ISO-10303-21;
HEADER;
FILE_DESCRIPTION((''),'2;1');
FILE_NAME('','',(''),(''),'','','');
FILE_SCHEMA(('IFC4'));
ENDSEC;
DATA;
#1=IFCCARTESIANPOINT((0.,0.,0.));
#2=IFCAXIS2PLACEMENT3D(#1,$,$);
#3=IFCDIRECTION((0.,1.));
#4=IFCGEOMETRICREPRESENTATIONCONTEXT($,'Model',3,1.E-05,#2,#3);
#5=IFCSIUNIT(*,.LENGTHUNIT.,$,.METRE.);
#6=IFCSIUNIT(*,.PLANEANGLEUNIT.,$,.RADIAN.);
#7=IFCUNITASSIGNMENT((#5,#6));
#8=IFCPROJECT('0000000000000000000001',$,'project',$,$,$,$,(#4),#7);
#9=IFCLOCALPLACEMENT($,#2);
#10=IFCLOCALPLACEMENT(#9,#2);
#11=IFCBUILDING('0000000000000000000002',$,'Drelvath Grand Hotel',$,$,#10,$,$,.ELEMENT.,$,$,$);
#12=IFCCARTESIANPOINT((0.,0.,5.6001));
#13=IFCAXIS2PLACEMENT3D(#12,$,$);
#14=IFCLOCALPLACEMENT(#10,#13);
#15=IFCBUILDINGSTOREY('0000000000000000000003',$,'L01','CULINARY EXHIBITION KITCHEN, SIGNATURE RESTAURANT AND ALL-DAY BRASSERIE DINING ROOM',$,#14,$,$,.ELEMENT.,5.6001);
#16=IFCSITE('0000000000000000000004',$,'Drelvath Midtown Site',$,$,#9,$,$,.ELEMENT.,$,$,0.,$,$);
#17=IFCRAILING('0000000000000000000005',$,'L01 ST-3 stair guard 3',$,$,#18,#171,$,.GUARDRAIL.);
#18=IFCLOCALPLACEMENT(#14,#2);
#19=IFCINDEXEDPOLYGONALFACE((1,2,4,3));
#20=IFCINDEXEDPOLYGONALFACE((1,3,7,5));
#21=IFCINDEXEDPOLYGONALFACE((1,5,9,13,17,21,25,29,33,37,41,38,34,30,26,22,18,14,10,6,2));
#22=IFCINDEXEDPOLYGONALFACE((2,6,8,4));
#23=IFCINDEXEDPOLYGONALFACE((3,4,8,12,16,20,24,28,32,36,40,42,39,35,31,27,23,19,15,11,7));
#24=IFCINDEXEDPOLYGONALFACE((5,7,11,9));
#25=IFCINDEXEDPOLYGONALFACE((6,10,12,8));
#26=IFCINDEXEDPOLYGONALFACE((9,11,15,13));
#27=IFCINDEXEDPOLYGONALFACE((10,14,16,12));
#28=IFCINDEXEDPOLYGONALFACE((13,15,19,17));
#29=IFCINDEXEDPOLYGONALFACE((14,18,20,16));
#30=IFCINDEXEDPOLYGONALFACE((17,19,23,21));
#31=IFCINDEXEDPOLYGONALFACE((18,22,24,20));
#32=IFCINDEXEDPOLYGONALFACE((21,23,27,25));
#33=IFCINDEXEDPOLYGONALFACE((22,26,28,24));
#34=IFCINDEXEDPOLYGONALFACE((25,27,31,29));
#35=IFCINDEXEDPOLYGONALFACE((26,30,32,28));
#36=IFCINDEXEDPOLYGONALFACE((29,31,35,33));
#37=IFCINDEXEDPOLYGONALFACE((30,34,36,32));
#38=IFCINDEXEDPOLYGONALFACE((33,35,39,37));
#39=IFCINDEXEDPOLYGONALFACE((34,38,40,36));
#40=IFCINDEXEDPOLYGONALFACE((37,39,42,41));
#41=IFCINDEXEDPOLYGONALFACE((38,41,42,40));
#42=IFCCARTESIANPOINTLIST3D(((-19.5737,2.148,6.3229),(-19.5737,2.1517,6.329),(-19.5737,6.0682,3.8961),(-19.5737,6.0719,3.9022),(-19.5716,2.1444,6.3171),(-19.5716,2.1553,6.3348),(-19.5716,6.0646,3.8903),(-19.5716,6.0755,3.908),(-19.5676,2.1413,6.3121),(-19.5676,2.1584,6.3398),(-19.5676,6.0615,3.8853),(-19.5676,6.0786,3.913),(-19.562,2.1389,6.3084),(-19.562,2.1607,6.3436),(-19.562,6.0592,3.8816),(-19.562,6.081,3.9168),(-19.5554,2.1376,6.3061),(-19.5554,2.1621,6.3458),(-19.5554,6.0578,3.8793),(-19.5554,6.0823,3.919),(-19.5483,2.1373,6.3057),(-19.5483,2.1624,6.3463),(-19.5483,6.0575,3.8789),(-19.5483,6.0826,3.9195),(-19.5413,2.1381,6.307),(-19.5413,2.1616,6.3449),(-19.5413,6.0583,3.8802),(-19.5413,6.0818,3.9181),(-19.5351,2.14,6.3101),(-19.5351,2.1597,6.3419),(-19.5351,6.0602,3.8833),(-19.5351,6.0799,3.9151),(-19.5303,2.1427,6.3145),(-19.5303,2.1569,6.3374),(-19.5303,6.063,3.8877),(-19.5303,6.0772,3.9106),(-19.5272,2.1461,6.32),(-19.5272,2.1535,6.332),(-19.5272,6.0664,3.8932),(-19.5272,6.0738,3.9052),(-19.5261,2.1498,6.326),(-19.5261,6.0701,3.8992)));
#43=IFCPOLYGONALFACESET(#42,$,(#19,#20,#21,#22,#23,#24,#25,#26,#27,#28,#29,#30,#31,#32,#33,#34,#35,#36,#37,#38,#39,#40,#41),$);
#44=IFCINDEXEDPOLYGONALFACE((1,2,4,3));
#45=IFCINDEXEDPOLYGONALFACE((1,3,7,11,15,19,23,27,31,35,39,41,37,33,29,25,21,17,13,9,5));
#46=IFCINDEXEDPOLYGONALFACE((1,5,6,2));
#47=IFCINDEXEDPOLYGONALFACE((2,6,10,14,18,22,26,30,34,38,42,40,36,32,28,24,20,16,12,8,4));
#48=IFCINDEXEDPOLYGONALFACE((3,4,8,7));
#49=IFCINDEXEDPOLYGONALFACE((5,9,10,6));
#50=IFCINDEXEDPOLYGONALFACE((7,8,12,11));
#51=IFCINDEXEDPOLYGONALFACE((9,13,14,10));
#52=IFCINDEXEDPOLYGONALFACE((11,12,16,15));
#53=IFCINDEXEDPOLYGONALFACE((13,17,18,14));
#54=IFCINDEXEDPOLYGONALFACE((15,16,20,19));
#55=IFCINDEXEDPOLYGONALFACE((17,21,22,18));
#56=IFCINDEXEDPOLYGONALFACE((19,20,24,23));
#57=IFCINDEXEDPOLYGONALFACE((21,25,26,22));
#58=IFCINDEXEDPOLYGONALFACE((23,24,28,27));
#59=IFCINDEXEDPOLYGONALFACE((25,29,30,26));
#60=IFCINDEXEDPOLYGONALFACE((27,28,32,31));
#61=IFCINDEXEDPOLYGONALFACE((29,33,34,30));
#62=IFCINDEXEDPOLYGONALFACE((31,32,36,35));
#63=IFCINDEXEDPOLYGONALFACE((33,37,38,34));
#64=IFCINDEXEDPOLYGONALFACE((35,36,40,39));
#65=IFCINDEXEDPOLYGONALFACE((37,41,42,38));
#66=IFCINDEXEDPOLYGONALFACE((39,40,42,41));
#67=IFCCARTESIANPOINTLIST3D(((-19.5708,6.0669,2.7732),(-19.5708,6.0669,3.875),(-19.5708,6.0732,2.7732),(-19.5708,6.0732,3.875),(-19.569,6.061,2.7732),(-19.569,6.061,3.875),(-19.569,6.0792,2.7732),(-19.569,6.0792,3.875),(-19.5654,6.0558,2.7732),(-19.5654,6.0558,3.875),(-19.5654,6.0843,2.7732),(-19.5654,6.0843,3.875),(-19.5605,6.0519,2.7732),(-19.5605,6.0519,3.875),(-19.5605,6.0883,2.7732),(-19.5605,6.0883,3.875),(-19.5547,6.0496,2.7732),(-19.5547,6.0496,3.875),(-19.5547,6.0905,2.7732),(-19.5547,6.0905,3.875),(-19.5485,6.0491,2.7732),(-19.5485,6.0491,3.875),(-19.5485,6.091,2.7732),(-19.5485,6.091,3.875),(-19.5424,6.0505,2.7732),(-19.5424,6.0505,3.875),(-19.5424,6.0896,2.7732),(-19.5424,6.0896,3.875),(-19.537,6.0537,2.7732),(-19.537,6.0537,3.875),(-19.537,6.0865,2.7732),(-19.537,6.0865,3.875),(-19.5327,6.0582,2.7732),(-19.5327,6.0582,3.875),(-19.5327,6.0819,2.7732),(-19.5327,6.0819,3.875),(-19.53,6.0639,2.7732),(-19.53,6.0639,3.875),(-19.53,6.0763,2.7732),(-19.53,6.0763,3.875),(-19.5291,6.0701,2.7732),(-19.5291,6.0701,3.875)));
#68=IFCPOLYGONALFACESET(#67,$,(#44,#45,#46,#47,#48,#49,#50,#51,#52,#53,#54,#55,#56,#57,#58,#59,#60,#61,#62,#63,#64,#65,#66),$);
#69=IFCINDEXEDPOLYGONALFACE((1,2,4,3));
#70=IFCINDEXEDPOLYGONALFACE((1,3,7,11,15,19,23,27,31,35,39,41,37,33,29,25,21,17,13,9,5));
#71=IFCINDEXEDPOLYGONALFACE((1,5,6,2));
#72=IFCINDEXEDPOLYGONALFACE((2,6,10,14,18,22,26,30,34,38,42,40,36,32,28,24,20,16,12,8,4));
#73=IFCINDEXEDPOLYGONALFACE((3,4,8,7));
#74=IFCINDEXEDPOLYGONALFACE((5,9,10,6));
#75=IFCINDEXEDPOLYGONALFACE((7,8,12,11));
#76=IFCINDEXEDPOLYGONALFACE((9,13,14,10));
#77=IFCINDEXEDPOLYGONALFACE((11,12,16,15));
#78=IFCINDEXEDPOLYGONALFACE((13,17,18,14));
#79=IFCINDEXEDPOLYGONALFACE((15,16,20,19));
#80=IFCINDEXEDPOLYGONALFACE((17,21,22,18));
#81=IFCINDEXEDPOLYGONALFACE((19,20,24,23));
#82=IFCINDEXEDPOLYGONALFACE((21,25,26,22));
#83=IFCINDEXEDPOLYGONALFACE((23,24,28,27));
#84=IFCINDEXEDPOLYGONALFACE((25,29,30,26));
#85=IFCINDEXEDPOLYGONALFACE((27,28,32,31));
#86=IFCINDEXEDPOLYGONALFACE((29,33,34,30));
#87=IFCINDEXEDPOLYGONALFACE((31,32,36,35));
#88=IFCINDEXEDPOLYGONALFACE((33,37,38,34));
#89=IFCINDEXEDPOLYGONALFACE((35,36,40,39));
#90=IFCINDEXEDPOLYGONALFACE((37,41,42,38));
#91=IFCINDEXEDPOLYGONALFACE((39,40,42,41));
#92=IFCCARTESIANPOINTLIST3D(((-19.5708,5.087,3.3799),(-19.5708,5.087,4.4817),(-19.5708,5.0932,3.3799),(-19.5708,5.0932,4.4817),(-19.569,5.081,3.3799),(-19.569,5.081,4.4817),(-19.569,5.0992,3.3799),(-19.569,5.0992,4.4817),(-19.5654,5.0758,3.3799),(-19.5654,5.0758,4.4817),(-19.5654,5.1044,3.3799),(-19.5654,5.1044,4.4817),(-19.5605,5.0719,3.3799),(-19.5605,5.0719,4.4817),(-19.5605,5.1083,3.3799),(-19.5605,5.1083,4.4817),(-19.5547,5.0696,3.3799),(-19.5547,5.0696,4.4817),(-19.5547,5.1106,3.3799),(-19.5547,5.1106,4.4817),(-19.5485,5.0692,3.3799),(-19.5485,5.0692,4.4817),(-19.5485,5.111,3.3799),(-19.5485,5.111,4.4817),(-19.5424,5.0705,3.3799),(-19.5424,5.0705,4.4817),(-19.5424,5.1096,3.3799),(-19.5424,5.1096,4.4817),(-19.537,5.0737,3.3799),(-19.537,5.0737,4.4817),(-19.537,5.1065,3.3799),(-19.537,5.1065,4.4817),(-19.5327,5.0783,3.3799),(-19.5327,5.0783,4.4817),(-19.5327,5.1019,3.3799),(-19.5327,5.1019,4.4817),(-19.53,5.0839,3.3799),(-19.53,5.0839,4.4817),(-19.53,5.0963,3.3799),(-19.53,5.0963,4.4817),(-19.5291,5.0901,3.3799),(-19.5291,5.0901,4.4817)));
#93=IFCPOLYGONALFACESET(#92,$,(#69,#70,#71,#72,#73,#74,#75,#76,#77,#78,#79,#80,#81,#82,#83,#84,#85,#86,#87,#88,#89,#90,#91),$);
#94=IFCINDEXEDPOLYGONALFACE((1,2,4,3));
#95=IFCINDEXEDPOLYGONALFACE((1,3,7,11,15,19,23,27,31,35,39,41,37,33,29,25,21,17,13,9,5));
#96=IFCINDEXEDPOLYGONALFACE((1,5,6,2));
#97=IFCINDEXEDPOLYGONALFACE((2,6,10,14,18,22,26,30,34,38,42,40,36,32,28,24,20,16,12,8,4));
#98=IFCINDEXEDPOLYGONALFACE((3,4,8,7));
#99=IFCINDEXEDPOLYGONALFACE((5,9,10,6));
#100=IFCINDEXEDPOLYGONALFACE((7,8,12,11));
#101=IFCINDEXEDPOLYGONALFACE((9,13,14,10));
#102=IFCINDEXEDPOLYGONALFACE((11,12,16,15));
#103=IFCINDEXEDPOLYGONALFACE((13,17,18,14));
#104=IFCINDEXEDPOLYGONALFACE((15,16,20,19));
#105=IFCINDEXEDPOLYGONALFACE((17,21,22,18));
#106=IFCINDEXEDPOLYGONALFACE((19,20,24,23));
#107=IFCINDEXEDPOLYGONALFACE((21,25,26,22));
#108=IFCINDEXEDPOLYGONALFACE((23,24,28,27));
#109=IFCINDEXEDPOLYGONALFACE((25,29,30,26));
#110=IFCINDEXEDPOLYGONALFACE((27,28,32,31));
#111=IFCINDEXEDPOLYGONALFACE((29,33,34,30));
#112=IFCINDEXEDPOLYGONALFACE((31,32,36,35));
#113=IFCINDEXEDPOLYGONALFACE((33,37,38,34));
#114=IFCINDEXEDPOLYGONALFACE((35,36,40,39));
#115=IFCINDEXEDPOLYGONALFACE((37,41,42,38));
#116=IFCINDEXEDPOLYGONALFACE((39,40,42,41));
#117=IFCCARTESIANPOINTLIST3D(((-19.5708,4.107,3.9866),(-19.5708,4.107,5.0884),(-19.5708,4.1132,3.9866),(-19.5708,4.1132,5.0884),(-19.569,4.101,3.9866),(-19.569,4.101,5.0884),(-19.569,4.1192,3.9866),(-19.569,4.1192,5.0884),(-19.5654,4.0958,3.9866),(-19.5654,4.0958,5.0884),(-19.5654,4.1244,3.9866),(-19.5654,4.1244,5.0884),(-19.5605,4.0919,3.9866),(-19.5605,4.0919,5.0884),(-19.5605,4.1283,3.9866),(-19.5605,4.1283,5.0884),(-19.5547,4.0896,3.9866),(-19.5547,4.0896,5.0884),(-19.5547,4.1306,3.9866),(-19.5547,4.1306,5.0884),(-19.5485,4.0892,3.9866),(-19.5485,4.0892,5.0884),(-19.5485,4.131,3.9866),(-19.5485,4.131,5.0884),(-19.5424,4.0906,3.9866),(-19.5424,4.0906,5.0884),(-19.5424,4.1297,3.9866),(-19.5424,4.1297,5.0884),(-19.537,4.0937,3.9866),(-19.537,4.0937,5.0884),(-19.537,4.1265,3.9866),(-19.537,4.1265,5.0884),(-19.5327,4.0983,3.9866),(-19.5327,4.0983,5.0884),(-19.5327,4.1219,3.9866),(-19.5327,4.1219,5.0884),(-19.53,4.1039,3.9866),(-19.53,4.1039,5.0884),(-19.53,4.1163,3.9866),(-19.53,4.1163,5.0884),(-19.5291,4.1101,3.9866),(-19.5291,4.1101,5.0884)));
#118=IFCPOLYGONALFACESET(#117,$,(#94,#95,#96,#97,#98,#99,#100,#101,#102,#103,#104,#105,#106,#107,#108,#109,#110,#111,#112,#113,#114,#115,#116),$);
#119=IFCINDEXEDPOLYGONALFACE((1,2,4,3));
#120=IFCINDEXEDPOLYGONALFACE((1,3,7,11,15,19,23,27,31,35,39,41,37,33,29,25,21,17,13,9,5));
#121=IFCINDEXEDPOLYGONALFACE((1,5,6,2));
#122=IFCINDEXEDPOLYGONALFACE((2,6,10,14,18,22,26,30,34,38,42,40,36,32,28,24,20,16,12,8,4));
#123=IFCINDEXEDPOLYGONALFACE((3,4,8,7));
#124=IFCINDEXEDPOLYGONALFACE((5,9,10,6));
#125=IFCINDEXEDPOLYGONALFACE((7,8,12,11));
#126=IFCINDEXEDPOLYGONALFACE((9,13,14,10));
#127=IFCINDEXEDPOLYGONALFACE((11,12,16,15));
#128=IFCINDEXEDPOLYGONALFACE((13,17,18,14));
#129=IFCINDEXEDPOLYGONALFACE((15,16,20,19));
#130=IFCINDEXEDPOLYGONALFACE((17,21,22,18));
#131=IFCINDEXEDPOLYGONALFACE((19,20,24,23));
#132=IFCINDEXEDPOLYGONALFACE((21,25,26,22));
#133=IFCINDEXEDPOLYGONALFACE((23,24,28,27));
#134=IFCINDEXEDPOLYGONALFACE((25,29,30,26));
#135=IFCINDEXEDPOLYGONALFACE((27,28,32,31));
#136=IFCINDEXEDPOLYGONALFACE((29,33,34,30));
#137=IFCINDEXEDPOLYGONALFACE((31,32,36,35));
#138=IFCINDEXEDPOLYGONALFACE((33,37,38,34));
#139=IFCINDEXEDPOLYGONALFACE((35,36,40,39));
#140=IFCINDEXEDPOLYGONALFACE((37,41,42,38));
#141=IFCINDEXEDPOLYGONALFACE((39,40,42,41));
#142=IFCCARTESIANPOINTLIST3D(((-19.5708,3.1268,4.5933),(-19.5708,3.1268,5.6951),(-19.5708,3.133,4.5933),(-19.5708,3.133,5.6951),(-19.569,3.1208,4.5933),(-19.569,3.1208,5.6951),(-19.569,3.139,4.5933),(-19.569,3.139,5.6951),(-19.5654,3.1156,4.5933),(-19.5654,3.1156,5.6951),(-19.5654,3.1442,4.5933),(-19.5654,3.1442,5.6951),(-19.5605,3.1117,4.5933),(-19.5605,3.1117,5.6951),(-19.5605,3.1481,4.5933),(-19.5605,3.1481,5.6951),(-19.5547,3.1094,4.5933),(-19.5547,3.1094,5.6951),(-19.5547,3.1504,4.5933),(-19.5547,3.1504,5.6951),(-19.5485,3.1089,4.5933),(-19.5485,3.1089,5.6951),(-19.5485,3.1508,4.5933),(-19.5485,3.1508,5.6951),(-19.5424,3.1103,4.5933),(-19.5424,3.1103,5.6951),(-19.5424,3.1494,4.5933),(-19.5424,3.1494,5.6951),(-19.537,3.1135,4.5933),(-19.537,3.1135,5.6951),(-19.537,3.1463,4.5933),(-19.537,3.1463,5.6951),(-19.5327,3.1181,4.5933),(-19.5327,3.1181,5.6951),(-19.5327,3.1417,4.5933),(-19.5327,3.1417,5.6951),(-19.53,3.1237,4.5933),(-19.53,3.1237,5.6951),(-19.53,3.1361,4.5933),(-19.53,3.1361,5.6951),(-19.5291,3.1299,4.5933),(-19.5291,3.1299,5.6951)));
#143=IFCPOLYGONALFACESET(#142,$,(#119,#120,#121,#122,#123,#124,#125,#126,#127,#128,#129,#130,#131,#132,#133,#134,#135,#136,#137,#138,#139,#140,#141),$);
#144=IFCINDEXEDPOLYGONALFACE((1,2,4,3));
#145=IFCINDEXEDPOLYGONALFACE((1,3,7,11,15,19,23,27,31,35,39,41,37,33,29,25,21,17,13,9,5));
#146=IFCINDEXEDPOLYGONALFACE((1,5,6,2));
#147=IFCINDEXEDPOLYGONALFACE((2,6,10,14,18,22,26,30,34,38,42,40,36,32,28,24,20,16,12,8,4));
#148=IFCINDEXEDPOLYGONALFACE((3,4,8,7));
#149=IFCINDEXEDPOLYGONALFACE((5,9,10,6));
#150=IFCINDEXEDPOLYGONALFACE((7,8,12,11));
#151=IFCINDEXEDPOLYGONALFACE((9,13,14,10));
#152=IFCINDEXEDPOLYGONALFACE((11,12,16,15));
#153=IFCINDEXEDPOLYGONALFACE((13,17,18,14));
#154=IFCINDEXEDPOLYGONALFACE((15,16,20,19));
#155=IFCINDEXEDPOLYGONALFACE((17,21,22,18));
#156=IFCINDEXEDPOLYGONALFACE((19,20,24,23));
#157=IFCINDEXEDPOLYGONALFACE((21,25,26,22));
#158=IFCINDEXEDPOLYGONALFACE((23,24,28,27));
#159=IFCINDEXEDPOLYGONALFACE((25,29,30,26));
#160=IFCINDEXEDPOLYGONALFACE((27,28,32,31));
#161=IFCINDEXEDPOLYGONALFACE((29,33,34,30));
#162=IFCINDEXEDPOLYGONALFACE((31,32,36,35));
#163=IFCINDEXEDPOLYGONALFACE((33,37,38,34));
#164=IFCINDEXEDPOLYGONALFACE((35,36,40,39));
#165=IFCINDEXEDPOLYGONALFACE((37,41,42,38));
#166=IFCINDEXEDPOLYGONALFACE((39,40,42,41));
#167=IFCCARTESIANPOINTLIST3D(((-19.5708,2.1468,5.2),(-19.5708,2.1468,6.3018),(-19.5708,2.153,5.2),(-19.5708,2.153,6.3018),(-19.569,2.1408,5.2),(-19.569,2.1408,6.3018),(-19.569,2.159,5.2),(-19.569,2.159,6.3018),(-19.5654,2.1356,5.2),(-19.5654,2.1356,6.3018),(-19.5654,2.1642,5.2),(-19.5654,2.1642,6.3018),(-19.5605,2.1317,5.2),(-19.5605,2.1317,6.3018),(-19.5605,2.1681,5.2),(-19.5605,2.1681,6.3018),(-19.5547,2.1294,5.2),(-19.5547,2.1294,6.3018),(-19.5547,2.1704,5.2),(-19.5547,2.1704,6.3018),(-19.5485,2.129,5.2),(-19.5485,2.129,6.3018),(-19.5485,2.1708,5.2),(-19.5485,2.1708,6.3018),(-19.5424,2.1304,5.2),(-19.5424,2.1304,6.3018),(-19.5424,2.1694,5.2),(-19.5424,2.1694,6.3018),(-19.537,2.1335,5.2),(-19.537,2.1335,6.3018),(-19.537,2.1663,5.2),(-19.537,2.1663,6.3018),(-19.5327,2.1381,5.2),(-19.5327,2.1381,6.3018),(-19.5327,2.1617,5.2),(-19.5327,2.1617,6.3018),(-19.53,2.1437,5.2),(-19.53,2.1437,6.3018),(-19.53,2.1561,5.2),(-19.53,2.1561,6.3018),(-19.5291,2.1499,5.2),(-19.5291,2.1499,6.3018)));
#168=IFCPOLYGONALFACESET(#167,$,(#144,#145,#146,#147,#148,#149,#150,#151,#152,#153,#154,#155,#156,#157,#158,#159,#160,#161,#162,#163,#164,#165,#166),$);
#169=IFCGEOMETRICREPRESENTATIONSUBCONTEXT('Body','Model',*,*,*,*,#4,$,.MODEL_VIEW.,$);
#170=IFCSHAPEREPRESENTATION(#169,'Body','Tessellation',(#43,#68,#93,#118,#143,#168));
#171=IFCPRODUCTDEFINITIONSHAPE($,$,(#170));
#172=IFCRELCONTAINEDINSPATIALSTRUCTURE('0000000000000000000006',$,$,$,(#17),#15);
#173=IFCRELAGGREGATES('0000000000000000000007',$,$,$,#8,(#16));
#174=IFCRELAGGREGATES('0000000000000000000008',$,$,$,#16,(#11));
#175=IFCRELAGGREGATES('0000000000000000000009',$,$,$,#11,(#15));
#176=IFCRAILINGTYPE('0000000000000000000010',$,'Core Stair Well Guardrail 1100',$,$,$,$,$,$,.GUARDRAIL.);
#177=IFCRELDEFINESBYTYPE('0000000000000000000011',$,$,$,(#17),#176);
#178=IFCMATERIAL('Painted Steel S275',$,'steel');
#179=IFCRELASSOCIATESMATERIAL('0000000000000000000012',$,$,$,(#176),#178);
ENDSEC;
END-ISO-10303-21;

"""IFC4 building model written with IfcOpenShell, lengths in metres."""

from ifc_helpers import new_model, si_unit, direction, frame, origin, origin_2d, place, context, subcontext, project, spatial, circle, extrude, material, type_object, element, save


model = new_model("IFC4")

# Units and contexts
model_context = context("Model", 3, precision=1e-05, world=origin(), true_north=direction((0.0, 1.0)))
body_context = subcontext(model_context, "Body", "Model", "MODEL_VIEW")
ifc_project = project(units=[si_unit("LENGTHUNIT", "METRE"), si_unit("PLANEANGLEUNIT", "RADIAN")], contexts=[model_context])

# Site, building, storey
site_placement = place(None, origin())
site = spatial("IfcSite", under=ifc_project, at=site_placement, Name="Drelvath Midtown Site", CompositionType="ELEMENT", RefElevation=0.0)
building_placement = place(site_placement, origin())
building = spatial("IfcBuilding", under=site, at=building_placement, Name="Drelvath Grand Hotel", CompositionType="ELEMENT")
storey_placement = place(building_placement, frame((0.0, 0.0, 5.6001)))
storey = spatial("IfcBuildingStorey", under=building, at=storey_placement, Name="L01", Description="CULINARY EXHIBITION KITCHEN, SIGNATURE RESTAURANT AND ALL-DAY BRASSERIE DINING ROOM", CompositionType="ELEMENT", Elevation=5.6001)

# Railing
ifc_material_1 = material(Name="Painted Steel S275", Category="steel")
railing_type_1 = type_object("IfcRailingType", Name="Core Stair Well Guardrail 1100", PredefinedType="GUARDRAIL", material=ifc_material_1)
railing_1_placement = place(storey_placement, frame((-19.55, 6.0701, 2.7732)))
element("IfcRailing", 1, at=railing_1_placement, inside=storey, type_object=railing_type_1, Name="L01 ST-3 stair guard 3", PredefinedType="GUARDRAIL", context=body_context, shape_type="SweptSolid", body=[
    extrude(circle(Radius=0.0239, at=origin_2d()), frame((0.0, 0.0, 1.126), z_axis=(0.0, -0.850266, 0.526353), x_axis=(1.0, 0.0, 0.0)), (0.0, 0.0, 1.0), 4.6106),
    extrude(circle(Radius=0.021, at=origin_2d()), origin(), (0.0, 0.0, 1.0), 1.1018),
    extrude(circle(Radius=0.021, at=origin_2d()), frame((0.0, -0.98, 0.6067)), (0.0, 0.0, 1.0), 1.1018),
    extrude(circle(Radius=0.021, at=origin_2d()), frame((0.0, -1.96, 1.2134)), (0.0, 0.0, 1.0), 1.1018),
    extrude(circle(Radius=0.021, at=origin_2d()), frame((0.0, -2.9402, 1.8201)), (0.0, 0.0, 1.0), 1.1018),
    extrude(circle(Radius=0.021, at=origin_2d()), frame((0.0, -3.9202, 2.4268)), (0.0, 0.0, 1.0), 1.1018),
])

save(model, "model.ifc")
